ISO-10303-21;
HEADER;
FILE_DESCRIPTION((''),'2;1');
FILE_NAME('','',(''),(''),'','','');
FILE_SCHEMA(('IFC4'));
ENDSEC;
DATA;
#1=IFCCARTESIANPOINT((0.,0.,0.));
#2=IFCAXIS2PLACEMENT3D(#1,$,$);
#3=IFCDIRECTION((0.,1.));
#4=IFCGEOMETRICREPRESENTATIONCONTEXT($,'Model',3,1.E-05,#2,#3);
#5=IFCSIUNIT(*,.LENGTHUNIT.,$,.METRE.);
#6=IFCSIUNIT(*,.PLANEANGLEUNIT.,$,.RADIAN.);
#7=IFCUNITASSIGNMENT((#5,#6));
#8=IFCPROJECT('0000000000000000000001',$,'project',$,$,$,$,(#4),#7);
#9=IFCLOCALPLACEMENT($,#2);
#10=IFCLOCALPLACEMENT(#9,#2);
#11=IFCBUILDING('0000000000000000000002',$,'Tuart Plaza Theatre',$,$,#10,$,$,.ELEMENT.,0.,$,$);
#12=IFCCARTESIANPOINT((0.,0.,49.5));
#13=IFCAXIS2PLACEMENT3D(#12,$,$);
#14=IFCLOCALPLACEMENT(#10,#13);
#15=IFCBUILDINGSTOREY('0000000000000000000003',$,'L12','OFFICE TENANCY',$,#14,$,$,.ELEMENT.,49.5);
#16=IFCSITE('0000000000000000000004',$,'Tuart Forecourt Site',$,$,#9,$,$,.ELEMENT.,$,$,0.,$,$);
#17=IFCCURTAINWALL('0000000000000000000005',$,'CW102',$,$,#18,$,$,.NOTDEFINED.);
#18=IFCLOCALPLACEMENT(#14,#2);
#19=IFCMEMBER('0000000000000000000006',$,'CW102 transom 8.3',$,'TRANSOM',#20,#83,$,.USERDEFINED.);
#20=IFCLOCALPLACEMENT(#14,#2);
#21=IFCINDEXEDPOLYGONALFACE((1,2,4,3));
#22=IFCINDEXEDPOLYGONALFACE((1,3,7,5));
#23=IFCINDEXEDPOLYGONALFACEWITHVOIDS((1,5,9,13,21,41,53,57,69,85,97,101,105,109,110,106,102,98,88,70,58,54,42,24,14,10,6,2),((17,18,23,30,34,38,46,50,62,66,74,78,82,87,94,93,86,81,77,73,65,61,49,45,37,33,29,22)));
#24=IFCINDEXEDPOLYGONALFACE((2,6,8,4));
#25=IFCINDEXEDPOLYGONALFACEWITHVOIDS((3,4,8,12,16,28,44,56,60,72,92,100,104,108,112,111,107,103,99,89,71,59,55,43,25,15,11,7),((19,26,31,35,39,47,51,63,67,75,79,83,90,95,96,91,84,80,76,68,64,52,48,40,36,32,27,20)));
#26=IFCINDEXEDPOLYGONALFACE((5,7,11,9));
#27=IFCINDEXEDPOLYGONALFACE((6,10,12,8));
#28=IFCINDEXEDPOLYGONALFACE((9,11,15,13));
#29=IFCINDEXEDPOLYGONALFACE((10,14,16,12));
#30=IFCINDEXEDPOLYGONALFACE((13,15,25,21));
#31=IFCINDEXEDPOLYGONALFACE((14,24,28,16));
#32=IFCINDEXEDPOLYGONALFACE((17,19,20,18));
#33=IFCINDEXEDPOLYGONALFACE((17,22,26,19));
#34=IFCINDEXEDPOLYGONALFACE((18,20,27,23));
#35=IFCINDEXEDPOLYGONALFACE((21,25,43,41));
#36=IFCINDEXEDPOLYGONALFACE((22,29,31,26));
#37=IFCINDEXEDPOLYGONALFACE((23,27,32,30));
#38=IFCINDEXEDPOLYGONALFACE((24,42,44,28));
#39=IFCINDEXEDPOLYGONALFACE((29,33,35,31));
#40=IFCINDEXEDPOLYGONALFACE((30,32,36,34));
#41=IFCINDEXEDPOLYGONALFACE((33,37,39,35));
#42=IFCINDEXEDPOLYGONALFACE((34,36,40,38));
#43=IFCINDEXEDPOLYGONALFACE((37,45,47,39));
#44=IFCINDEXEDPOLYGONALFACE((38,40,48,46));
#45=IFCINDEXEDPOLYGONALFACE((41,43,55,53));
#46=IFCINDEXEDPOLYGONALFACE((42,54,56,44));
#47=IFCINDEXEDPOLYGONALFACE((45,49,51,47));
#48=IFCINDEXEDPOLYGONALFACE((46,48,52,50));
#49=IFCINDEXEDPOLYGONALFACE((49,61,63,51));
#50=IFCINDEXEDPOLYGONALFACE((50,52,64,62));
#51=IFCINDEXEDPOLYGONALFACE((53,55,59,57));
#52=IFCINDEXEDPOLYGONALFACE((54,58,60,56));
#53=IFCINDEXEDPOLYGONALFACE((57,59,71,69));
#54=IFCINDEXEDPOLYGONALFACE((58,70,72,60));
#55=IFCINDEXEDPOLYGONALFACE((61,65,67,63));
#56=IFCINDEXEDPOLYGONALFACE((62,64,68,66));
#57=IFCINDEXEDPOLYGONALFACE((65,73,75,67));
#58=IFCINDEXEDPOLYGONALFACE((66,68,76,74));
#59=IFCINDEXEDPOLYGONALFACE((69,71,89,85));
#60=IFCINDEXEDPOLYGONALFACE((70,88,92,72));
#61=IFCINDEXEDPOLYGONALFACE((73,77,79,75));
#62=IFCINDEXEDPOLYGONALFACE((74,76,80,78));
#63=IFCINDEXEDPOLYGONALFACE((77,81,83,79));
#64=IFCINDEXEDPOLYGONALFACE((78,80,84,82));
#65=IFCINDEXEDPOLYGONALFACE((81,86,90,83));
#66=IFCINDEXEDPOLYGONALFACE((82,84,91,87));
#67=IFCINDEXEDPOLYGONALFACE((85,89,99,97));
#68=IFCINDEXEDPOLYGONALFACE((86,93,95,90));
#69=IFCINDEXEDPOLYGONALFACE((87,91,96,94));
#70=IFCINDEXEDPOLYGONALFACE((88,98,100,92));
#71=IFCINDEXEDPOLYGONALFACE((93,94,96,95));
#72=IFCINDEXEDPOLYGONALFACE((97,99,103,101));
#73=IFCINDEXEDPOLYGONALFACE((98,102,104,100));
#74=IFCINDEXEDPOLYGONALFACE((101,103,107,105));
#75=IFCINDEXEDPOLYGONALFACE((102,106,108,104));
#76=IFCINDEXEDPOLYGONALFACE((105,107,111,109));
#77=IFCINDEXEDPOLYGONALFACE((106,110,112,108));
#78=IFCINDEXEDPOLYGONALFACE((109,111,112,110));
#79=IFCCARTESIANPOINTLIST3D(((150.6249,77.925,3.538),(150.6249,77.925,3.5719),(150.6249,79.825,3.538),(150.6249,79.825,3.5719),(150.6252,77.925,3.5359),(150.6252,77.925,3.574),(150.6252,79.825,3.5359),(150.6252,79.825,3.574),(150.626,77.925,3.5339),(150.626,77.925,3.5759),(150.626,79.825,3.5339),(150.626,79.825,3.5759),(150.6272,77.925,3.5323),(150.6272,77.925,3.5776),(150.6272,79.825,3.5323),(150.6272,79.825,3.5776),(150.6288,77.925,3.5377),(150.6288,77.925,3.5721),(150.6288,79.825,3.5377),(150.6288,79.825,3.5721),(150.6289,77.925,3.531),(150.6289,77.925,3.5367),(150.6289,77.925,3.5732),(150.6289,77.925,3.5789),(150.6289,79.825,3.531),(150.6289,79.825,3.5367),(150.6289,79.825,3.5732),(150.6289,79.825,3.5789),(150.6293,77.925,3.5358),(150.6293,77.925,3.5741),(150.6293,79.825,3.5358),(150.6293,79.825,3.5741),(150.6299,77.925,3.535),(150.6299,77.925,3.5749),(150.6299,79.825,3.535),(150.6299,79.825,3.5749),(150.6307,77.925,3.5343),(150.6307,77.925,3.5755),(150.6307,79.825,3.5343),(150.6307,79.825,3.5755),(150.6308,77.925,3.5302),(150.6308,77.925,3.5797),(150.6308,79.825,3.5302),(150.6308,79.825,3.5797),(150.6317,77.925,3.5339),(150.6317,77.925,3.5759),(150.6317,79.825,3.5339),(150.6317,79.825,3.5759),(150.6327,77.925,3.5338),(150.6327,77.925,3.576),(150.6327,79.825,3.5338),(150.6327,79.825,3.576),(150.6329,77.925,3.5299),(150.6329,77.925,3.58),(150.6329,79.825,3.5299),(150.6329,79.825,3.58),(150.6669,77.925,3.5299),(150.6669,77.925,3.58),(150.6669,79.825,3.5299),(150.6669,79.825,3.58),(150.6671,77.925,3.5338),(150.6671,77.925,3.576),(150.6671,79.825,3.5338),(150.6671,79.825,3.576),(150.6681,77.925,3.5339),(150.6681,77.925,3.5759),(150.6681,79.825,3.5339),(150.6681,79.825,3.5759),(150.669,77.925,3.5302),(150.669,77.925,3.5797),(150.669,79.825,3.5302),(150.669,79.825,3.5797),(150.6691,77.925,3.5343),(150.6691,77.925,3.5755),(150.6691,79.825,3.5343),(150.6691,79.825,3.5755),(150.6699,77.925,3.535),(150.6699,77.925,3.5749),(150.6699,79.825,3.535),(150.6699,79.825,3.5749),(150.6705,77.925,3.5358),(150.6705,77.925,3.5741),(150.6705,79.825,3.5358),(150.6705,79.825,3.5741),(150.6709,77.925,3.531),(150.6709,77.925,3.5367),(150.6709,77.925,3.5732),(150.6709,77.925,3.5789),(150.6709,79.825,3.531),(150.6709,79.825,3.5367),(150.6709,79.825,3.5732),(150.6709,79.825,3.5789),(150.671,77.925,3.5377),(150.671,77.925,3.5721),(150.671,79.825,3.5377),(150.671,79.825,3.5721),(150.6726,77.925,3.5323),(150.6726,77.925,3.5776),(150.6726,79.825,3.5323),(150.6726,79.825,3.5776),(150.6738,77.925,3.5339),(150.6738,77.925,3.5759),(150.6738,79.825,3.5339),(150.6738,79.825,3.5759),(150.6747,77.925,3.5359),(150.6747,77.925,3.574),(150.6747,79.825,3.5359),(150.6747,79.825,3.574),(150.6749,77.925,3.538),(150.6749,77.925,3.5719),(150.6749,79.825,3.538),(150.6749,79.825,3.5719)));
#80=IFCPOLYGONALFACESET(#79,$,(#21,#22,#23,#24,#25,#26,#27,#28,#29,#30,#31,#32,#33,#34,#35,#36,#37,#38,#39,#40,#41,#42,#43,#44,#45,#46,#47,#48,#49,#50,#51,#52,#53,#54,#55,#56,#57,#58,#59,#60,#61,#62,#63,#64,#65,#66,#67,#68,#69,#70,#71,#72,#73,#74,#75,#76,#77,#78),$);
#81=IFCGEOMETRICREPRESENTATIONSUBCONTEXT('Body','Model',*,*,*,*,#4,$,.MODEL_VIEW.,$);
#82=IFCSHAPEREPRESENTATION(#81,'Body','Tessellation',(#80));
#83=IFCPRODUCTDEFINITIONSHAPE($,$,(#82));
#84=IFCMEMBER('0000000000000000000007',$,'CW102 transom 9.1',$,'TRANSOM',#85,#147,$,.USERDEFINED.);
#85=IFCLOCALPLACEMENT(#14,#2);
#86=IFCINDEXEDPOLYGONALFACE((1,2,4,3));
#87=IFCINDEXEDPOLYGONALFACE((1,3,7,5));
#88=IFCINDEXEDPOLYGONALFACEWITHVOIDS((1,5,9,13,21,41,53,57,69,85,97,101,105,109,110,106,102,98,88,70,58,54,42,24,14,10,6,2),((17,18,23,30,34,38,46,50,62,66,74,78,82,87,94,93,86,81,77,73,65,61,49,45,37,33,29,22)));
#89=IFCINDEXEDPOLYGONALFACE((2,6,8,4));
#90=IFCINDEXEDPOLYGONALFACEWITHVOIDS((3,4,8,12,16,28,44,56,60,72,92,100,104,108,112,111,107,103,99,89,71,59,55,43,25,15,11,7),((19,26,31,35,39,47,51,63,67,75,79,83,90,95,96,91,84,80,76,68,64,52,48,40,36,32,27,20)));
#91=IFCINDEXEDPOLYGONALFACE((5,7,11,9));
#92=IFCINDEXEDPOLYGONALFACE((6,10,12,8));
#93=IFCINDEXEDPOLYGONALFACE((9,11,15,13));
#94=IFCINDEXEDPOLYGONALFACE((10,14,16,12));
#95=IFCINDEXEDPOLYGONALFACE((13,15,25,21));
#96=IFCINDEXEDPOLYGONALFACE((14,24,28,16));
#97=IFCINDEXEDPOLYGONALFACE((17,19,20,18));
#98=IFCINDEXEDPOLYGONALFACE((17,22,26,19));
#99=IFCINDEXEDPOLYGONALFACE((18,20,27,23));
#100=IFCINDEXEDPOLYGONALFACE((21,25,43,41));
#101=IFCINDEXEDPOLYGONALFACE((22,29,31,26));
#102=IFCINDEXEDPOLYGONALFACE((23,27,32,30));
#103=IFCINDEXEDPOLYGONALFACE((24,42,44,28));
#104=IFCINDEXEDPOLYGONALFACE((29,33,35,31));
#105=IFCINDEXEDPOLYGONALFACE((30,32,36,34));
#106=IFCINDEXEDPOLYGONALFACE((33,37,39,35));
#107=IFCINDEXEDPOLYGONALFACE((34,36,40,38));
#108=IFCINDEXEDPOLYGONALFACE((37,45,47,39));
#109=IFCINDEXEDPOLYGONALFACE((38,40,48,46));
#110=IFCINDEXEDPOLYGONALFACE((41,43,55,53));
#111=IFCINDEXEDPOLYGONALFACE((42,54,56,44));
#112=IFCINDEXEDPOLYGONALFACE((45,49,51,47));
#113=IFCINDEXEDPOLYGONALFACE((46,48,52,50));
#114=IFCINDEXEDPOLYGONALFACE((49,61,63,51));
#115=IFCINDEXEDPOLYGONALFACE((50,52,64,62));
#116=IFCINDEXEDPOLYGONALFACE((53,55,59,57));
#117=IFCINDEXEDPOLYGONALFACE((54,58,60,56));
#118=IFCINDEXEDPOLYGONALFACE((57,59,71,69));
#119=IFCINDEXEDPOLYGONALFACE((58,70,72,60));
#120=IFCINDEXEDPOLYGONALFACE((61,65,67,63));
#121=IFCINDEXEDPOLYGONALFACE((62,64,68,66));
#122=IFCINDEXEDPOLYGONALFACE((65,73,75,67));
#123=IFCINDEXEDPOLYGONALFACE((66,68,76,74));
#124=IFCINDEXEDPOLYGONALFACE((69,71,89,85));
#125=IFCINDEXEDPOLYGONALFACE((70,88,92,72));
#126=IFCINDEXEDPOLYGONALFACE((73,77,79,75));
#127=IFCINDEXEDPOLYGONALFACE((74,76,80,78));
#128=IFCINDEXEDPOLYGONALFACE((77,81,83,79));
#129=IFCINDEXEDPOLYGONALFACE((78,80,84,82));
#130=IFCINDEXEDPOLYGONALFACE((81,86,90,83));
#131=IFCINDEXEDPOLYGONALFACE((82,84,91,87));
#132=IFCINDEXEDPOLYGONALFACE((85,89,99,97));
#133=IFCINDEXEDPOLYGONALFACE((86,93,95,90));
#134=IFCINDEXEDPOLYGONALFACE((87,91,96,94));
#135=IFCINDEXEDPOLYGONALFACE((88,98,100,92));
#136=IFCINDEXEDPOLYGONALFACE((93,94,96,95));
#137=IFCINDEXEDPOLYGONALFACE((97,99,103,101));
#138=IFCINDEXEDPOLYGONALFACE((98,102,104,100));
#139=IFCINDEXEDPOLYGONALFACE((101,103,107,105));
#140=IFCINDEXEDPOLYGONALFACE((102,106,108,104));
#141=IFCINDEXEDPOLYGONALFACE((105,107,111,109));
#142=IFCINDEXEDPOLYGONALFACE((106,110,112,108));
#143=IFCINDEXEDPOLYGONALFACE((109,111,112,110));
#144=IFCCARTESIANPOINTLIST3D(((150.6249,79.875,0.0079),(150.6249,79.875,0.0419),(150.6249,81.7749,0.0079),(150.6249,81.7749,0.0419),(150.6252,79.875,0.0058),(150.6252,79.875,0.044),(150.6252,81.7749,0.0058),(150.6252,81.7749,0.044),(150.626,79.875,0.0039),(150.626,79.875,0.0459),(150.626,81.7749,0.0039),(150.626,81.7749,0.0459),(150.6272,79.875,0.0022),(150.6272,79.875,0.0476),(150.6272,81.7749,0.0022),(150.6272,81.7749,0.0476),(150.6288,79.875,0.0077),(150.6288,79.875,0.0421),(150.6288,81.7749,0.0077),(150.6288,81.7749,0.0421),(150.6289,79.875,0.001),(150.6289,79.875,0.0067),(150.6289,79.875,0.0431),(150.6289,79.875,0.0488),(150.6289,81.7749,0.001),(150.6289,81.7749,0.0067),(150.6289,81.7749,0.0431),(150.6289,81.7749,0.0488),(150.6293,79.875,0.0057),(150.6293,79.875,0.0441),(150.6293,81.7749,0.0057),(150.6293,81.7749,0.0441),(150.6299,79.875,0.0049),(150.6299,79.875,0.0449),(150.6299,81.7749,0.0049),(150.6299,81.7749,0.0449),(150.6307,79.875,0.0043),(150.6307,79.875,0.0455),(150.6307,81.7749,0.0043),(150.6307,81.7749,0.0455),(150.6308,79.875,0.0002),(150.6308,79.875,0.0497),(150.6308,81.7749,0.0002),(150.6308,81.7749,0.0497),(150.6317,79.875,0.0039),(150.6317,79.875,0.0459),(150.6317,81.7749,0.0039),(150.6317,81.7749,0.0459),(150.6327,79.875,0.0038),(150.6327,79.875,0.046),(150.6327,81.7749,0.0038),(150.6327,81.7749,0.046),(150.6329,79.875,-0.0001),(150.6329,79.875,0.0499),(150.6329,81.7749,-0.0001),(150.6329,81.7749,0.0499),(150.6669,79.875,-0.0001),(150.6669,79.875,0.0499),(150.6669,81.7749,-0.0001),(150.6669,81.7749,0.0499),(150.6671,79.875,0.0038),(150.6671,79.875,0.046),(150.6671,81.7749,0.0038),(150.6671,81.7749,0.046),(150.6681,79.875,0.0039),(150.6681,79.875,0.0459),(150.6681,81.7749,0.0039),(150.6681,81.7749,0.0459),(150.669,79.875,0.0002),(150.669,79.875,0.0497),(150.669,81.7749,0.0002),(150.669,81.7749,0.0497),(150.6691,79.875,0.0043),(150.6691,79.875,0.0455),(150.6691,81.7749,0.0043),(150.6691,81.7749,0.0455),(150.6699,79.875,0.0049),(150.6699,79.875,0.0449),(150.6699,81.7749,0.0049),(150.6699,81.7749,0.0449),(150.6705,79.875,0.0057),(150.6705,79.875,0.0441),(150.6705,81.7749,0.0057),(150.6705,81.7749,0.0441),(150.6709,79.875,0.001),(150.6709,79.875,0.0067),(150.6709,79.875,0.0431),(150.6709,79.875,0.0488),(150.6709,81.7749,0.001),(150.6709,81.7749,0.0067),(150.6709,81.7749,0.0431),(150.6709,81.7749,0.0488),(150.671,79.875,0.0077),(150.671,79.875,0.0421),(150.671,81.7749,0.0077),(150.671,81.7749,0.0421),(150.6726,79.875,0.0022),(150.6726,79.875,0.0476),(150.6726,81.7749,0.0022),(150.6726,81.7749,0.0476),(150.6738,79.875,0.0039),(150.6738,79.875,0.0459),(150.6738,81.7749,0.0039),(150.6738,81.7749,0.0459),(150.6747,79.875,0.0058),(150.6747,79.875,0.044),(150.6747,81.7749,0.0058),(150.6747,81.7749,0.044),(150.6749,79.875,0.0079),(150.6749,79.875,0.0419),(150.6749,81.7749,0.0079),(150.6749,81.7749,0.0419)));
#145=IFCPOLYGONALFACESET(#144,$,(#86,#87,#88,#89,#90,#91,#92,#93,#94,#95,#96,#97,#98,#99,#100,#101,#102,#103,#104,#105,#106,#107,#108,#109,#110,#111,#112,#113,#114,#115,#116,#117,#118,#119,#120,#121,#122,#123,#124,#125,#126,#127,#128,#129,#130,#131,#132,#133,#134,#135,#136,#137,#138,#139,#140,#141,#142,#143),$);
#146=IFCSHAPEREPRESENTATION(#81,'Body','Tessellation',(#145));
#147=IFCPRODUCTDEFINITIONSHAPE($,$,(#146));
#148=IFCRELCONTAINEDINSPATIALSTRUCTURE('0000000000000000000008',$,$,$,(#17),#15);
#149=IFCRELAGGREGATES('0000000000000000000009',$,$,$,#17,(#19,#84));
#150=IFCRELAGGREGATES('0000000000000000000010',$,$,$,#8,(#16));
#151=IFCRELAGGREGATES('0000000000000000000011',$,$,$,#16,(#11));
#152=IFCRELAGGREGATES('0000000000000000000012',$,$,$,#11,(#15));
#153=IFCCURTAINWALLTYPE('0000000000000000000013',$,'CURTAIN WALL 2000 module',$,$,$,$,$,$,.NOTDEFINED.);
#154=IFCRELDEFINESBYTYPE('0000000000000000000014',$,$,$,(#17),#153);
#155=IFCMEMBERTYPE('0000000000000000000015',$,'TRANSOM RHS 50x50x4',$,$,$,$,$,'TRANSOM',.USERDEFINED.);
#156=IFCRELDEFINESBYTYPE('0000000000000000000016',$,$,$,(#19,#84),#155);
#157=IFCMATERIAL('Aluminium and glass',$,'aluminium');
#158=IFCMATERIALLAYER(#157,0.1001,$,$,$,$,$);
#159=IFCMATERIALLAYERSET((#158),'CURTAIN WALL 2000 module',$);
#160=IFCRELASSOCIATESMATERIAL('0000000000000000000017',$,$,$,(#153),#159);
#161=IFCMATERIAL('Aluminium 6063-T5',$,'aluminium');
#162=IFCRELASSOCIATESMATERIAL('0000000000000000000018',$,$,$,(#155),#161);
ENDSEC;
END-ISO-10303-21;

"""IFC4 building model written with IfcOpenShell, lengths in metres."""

from ifc_helpers import new_model, si_unit, direction, frame, origin, origin_2d, place, context, subcontext, project, spatial, hollow_rectangle, extrude, material, layer, layer_set, material_profile, profile_set, type_object, element, aggregate, save


model = new_model("IFC4")

# Units and contexts
model_context = context("Model", 3, precision=1e-05, world=origin(), true_north=direction((0.0, 1.0)))
body_context = subcontext(model_context, "Body", "Model", "MODEL_VIEW")
ifc_project = project(units=[si_unit("LENGTHUNIT", "METRE"), si_unit("PLANEANGLEUNIT", "RADIAN")], contexts=[model_context])

# Site, building, storey
site_placement = place(None, origin())
site = spatial("IfcSite", under=ifc_project, at=site_placement, Name="Tuart Forecourt Site", CompositionType="ELEMENT", RefElevation=0.0)
building_placement = place(site_placement, origin())
building = spatial("IfcBuilding", under=site, at=building_placement, Name="Tuart Plaza Theatre", CompositionType="ELEMENT", ElevationOfRefHeight=0.0)
storey_placement = place(building_placement, frame((0.0, 0.0, 49.5)))
storey = spatial("IfcBuildingStorey", under=building, at=storey_placement, Name="L12", Description="OFFICE TENANCY", CompositionType="ELEMENT", Elevation=49.5)

# Curtain wall, members
ifc_material_1 = material(Name="Aluminium and glass", Category="aluminium")
ifc_layer_1 = layer(ifc_material_1, 0.1001)
ifc_layer_set_1 = layer_set([ifc_layer_1], Name="CURTAIN WALL 2000 module")
curtain_wall_type = type_object("IfcCurtainWallType", Name="CURTAIN WALL 2000 module", PredefinedType="NOTDEFINED", material=ifc_layer_set_1)
curtain_wall_placement = place(storey_placement, origin())
curtain_wall = element("IfcCurtainWall", 1, at=curtain_wall_placement, inside=storey, type_object=curtain_wall_type, Name="CW102", PredefinedType="NOTDEFINED")
ifc_material_2 = material(Name="Aluminium 6063-T5", Category="aluminium")
ifc_material_profile_1 = material_profile(ifc_material_2, hollow_rectangle(XDim=0.05, YDim=0.05, WallThickness=0.0039, InnerFilletRadius=0.0039, OuterFilletRadius=0.0081, at=origin_2d()), Name="RHS 50x50x4")
ifc_profile_set_1 = profile_set([ifc_material_profile_1], Name="Aluminium 6063-T5")
member_type_1 = type_object("IfcMemberType", Name="TRANSOM RHS 50x50x4", ElementType="TRANSOM", PredefinedType="USERDEFINED", material=ifc_profile_set_1)
member_1_placement = place(storey_placement, frame((150.6499, 77.925, 3.5549), z_axis=(0.0, 1.0, 0.0), x_axis=(-1.0, 0.0, 0.0)))
member_1 = element("IfcMember", 2, at=member_1_placement, type_object=member_type_1, Name="CW102 transom 8.3", ObjectType="TRANSOM", PredefinedType="USERDEFINED", context=body_context, shape_type="SweptSolid", body=[
    extrude(hollow_rectangle(XDim=0.05, YDim=0.05, WallThickness=0.0039, InnerFilletRadius=0.0039, OuterFilletRadius=0.0081, at=origin_2d()), origin(), (0.0, 0.0, 1.0), 1.8999),
])
member_2_placement = place(storey_placement, frame((150.6499, 79.875, 0.0249), z_axis=(0.0, 1.0, 0.0), x_axis=(-1.0, 0.0, 0.0)))
member_2 = element("IfcMember", 3, at=member_2_placement, type_object=member_type_1, Name="CW102 transom 9.1", ObjectType="TRANSOM", PredefinedType="USERDEFINED", context=body_context, shape_type="SweptSolid", body=[
    extrude(hollow_rectangle(XDim=0.05, YDim=0.05, WallThickness=0.0039, InnerFilletRadius=0.0039, OuterFilletRadius=0.0081, at=origin_2d()), origin(), (0.0, 0.0, 1.0), 1.8999),
])
aggregate(curtain_wall, [member_1, member_2])

save(model, "model.ifc")
